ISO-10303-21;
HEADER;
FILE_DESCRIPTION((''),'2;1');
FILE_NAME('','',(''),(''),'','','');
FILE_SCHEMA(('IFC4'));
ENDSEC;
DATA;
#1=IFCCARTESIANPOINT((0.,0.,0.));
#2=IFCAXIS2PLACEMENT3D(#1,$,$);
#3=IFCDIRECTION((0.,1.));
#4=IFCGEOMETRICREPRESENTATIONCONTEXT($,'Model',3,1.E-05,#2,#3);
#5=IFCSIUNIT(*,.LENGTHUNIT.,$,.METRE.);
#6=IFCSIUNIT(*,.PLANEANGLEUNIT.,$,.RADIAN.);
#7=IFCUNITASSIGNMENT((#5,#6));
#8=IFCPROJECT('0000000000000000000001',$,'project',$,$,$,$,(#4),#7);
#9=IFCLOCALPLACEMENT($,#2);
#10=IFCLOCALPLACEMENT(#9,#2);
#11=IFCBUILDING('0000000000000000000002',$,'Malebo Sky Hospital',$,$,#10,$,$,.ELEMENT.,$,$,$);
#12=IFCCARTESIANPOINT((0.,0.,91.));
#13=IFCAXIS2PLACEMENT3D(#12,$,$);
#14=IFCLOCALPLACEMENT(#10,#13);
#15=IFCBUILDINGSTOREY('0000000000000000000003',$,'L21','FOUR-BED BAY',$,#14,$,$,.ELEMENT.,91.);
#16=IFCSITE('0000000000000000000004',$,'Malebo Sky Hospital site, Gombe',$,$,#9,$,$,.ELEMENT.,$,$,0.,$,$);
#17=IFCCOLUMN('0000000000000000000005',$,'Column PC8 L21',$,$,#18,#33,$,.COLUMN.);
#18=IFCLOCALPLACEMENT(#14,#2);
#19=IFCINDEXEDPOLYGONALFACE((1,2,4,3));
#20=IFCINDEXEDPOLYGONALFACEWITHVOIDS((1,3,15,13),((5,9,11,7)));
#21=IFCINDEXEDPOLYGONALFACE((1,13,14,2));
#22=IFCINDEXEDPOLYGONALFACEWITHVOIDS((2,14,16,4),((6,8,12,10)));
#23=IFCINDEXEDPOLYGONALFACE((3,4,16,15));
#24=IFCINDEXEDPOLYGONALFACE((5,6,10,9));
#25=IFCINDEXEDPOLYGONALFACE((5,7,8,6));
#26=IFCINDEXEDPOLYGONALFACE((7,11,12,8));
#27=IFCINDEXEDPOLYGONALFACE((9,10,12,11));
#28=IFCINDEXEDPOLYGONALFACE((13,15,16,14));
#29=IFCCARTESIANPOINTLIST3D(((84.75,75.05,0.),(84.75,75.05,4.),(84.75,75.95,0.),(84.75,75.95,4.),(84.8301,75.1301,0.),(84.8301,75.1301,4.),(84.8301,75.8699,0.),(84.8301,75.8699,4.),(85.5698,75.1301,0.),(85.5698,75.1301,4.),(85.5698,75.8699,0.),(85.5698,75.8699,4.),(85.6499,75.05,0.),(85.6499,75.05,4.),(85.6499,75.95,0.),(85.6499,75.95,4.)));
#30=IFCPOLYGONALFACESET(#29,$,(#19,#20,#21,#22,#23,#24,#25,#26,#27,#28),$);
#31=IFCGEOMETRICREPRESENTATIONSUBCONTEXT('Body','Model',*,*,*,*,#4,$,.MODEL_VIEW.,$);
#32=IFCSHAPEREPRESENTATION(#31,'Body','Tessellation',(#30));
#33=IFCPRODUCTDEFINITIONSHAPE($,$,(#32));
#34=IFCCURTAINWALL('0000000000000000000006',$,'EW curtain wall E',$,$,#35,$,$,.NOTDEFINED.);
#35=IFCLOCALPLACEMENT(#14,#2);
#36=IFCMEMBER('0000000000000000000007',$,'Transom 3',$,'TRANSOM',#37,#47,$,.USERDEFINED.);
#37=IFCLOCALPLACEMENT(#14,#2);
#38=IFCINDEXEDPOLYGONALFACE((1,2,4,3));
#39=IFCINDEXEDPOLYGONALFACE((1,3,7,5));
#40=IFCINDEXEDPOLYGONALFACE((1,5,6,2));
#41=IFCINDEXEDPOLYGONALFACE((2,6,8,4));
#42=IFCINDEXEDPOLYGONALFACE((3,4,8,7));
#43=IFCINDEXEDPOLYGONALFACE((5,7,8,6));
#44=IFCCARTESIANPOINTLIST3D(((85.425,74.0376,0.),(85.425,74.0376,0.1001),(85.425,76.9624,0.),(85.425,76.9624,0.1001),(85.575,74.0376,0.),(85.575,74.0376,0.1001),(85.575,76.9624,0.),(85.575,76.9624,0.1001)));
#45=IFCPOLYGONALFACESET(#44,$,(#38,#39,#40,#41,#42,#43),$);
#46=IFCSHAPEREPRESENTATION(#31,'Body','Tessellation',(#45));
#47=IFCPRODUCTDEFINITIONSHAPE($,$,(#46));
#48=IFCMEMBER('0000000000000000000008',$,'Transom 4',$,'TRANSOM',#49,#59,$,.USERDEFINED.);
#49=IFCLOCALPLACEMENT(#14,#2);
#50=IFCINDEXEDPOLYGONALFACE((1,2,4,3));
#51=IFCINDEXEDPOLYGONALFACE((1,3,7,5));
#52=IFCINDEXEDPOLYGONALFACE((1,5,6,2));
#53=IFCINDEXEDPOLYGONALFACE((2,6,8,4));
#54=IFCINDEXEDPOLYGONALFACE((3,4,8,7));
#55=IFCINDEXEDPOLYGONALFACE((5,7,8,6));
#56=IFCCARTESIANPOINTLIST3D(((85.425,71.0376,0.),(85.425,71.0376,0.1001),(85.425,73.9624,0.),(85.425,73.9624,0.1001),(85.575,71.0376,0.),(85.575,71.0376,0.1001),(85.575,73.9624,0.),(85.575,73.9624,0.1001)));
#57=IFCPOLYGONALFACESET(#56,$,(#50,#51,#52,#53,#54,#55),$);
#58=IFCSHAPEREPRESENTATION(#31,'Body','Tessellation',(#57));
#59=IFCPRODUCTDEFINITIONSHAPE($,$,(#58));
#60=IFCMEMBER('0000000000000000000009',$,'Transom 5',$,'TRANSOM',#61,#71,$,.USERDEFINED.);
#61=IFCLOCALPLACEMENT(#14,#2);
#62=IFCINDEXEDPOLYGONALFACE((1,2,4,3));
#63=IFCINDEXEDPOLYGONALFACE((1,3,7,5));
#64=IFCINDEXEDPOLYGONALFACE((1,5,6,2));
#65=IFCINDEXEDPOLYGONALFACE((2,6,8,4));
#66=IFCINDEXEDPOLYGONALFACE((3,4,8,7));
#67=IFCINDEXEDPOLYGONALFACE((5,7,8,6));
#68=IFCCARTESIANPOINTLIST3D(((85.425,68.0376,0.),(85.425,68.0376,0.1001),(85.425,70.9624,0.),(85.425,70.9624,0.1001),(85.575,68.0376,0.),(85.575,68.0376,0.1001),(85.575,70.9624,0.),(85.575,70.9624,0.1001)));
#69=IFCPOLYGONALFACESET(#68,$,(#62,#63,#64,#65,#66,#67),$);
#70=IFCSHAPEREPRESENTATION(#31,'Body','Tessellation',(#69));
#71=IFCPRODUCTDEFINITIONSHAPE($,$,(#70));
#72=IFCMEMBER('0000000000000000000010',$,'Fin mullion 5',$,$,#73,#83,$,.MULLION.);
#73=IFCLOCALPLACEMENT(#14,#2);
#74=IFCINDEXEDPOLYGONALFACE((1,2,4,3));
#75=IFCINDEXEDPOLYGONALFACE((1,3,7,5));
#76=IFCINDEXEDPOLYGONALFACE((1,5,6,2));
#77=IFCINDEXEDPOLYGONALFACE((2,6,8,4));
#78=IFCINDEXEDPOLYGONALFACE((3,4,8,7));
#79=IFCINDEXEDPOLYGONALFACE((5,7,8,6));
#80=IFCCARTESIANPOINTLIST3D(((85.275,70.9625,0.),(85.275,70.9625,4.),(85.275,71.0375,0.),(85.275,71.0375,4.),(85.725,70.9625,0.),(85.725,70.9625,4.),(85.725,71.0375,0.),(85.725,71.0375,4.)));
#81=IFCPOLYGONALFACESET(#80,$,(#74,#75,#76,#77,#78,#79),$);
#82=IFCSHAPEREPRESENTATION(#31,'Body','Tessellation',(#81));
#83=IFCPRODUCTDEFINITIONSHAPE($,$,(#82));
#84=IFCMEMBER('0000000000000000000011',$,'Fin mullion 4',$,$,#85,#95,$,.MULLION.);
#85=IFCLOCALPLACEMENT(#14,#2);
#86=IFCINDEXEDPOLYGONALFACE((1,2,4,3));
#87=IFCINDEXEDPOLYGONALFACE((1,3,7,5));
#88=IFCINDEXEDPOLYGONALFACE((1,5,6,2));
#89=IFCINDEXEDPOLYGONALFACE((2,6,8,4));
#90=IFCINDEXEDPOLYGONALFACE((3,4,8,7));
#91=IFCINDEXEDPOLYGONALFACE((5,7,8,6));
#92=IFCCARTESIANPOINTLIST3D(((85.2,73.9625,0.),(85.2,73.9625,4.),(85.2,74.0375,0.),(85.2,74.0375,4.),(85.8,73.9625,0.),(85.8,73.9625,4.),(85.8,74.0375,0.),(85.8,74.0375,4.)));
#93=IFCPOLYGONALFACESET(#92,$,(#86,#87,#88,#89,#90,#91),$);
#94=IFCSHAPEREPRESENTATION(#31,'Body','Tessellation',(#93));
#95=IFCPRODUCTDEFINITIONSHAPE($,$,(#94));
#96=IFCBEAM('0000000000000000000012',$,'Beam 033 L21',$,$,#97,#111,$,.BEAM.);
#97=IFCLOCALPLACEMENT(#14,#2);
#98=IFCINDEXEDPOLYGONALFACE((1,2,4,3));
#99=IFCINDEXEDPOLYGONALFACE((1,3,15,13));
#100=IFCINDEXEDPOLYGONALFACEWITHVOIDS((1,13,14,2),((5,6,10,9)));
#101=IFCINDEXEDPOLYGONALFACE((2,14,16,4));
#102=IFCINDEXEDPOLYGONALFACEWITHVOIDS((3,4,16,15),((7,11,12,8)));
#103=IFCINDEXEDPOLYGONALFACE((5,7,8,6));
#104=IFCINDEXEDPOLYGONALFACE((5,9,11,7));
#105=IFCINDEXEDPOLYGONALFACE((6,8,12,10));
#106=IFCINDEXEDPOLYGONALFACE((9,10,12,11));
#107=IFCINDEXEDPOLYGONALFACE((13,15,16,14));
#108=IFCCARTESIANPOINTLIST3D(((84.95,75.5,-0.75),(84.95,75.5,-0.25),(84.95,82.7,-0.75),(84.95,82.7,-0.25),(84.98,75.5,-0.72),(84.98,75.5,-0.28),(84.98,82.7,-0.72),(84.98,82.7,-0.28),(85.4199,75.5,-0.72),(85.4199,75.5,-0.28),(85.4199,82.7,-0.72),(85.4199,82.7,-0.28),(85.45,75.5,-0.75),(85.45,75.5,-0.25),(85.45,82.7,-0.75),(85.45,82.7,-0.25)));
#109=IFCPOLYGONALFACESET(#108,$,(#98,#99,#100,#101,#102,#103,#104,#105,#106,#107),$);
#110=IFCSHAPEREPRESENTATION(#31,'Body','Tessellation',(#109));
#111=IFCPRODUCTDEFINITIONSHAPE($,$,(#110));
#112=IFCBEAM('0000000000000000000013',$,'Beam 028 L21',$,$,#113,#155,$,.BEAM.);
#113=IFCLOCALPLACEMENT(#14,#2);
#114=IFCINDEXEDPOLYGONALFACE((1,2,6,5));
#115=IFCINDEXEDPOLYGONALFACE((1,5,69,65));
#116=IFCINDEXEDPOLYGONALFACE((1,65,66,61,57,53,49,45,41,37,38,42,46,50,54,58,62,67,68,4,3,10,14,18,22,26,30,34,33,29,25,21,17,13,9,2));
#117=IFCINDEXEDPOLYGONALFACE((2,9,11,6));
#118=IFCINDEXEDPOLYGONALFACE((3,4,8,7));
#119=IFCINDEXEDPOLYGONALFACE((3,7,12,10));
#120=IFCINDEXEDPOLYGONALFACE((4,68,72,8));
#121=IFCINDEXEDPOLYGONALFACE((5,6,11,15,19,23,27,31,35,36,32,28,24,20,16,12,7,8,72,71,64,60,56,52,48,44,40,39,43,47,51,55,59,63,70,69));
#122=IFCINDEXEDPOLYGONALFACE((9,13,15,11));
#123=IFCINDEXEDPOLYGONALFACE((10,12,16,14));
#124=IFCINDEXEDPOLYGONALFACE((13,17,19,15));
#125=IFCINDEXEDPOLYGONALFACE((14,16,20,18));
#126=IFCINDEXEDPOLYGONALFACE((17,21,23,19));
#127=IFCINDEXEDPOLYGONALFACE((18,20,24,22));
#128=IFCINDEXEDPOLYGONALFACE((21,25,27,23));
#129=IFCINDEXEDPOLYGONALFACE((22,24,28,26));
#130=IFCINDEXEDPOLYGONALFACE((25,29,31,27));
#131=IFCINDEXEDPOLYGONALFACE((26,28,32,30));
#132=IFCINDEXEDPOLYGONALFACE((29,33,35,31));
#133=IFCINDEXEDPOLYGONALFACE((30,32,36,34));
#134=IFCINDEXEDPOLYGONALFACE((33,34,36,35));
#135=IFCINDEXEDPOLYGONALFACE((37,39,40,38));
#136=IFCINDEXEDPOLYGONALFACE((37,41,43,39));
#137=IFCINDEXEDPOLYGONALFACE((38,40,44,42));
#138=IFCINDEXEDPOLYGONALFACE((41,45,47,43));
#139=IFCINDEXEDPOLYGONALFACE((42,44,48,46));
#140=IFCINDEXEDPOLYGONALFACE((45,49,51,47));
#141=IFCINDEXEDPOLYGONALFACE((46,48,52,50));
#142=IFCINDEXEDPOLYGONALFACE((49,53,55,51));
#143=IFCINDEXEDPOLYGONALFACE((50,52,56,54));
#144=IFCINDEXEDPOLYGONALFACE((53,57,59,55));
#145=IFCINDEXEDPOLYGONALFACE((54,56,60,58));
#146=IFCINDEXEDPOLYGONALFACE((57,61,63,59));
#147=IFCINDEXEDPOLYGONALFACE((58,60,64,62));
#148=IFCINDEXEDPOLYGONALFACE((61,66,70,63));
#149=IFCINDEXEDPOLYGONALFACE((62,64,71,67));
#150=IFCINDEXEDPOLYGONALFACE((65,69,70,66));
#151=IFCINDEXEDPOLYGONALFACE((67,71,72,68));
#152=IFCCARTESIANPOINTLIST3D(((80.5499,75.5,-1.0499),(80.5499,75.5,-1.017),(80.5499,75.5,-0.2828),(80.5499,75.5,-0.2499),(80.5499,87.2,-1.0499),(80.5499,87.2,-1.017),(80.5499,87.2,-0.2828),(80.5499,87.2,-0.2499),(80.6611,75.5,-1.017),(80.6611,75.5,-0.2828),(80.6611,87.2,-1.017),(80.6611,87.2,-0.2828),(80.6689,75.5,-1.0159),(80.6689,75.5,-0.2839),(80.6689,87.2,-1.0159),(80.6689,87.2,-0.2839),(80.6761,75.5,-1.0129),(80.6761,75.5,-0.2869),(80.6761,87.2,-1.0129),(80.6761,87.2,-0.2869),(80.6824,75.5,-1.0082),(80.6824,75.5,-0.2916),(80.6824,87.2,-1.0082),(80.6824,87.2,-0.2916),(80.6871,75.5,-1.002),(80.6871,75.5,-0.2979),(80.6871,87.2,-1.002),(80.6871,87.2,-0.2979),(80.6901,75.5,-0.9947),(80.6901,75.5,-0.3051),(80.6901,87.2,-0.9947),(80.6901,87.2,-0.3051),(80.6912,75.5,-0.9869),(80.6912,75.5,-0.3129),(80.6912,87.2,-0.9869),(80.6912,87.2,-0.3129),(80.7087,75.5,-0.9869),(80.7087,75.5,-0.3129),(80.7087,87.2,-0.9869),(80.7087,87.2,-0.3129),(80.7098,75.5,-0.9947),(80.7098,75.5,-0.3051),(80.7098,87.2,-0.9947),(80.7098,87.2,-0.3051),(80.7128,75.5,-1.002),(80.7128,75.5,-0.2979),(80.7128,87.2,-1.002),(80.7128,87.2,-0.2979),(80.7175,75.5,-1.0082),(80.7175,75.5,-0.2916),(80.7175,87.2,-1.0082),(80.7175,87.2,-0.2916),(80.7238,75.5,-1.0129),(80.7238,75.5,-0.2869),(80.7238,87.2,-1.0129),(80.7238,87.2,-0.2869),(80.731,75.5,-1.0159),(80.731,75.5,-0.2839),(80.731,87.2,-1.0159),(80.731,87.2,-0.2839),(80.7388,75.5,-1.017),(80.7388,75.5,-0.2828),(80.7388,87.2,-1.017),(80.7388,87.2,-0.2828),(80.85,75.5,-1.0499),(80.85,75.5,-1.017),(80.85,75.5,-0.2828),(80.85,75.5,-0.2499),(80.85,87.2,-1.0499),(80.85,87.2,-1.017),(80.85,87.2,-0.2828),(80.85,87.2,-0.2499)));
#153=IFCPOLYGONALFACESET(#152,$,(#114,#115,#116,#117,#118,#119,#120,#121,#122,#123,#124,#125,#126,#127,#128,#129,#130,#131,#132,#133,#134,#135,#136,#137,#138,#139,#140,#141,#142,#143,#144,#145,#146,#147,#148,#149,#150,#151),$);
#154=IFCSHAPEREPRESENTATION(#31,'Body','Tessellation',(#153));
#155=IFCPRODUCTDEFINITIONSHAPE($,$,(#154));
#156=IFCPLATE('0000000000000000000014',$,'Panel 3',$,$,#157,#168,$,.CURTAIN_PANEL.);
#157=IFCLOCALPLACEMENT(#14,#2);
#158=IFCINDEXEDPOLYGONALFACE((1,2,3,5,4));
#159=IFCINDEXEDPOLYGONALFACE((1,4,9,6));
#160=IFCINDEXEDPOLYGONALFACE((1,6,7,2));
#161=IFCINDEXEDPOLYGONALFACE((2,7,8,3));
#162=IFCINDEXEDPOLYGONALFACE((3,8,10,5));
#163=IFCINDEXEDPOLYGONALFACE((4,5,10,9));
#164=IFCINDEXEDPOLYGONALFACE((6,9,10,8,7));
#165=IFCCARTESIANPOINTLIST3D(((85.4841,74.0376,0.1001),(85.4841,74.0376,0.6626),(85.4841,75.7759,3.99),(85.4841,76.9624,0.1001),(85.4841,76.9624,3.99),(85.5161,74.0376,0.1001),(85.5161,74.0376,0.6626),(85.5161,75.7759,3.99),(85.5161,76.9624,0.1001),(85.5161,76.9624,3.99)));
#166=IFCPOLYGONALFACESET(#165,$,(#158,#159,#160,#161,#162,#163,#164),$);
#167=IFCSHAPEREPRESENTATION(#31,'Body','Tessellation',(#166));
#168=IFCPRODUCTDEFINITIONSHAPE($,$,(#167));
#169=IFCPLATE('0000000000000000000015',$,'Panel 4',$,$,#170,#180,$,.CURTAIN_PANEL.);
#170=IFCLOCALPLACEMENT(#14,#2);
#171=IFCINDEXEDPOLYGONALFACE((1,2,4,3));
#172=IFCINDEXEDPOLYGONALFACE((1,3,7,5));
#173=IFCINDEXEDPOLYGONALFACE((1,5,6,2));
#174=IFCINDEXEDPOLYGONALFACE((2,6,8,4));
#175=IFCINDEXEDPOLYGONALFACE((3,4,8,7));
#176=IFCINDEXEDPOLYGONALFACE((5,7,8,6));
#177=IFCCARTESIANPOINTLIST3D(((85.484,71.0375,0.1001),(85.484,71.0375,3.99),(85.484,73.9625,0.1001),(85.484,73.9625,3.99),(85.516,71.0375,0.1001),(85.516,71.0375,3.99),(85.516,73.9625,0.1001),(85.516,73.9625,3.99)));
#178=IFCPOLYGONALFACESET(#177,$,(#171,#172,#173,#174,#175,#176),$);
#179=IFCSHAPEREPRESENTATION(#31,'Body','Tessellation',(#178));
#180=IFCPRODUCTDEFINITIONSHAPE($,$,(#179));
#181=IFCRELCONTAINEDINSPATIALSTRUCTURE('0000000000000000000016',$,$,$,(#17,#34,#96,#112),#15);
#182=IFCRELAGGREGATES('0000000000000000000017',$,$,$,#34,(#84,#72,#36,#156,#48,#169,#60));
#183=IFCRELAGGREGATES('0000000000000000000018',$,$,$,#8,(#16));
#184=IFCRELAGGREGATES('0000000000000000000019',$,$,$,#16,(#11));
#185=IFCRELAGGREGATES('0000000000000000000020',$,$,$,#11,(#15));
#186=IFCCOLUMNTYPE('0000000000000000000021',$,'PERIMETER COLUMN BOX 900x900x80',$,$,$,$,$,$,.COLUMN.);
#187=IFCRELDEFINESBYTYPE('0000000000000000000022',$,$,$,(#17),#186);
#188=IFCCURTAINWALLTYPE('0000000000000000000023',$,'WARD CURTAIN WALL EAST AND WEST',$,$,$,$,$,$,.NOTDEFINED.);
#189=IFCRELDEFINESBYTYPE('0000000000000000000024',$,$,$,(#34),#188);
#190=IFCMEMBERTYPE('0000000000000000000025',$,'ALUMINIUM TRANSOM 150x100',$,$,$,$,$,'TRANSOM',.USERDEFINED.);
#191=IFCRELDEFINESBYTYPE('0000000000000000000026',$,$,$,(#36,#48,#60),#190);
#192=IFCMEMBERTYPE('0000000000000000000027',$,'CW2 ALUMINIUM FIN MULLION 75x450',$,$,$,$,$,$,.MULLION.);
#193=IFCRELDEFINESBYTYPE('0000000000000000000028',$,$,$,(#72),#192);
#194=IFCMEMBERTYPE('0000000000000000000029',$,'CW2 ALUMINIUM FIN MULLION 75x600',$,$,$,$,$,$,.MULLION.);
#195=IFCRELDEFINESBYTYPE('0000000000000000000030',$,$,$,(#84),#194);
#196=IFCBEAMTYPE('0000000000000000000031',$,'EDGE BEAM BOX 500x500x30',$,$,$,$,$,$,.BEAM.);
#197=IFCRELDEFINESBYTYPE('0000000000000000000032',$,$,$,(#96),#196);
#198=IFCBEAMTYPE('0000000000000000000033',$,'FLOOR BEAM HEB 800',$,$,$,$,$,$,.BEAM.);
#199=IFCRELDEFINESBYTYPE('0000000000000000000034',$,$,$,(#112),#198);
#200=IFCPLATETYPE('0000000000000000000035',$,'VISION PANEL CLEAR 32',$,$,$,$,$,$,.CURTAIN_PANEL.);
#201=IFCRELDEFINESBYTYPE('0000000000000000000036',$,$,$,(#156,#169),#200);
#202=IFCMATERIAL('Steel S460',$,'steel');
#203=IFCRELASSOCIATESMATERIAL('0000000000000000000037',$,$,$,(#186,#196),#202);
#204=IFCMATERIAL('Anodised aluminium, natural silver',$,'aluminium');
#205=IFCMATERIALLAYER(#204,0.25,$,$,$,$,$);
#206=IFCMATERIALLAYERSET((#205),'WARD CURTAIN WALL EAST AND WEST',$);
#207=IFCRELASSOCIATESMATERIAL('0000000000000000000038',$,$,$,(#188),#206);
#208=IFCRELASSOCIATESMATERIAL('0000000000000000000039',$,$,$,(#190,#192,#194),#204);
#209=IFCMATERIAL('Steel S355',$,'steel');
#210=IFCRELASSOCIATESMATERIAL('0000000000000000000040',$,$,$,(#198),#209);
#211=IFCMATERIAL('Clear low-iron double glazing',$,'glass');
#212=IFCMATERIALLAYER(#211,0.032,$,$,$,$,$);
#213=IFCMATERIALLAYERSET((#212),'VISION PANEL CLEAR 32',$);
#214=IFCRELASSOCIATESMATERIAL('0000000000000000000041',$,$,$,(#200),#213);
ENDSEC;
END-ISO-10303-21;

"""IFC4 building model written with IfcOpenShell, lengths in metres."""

from ifc_helpers import new_model, si_unit, direction, frame, origin, origin_2d, place, context, subcontext, project, spatial, polyline, rectangle, hollow_rectangle, i_section, outline, extrude, material, layer, layer_set, material_profile, profile_set, type_object, element, aggregate, save


model = new_model("IFC4")

# Units and contexts
model_context = context("Model", 3, precision=1e-05, world=origin(), true_north=direction((0.0, 1.0)))
body_context = subcontext(model_context, "Body", "Model", "MODEL_VIEW")
ifc_project = project(units=[si_unit("LENGTHUNIT", "METRE"), si_unit("PLANEANGLEUNIT", "RADIAN")], contexts=[model_context])

# Site, building, storey
site_placement = place(None, origin())
site = spatial("IfcSite", under=ifc_project, at=site_placement, Name="Malebo Sky Hospital site, Gombe", CompositionType="ELEMENT", RefElevation=0.0)
building_placement = place(site_placement, origin())
building = spatial("IfcBuilding", under=site, at=building_placement, Name="Malebo Sky Hospital", CompositionType="ELEMENT")
storey_placement = place(building_placement, frame((0.0, 0.0, 91.0)))
storey = spatial("IfcBuildingStorey", under=building, at=storey_placement, Name="L21", Description="FOUR-BED BAY", CompositionType="ELEMENT", Elevation=91.0)

# Column
ifc_material_1 = material(Name="Steel S460", Category="steel")
ifc_material_profile_1 = material_profile(ifc_material_1, hollow_rectangle(XDim=0.8999, YDim=0.8999, WallThickness=0.0801, at=origin_2d()), Name="BOX 900x900x80")
ifc_profile_set_1 = profile_set([ifc_material_profile_1], Name="Steel S460")
column_type = type_object("IfcColumnType", Name="PERIMETER COLUMN BOX 900x900x80", PredefinedType="COLUMN", material=ifc_profile_set_1)
column_placement = place(storey_placement, frame((85.2, 75.5, 0.0), z_axis=(0.0, 0.0, 1.0), x_axis=(1.0, 0.0, 0.0)))
element("IfcColumn", 1, at=column_placement, inside=storey, type_object=column_type, Name="Column PC8 L21", PredefinedType="COLUMN", context=body_context, shape_type="SweptSolid", body=[
    extrude(hollow_rectangle(XDim=0.8999, YDim=0.8999, WallThickness=0.0801, at=origin_2d()), origin(), (0.0, 0.0, 1.0), 4.0),
])

# Curtain wall, members
ifc_material_2 = material(Name="Anodised aluminium, natural silver", Category="aluminium")
ifc_layer_1 = layer(ifc_material_2, 0.25)
ifc_layer_set_1 = layer_set([ifc_layer_1], Name="WARD CURTAIN WALL EAST AND WEST")
curtain_wall_type = type_object("IfcCurtainWallType", Name="WARD CURTAIN WALL EAST AND WEST", PredefinedType="NOTDEFINED", material=ifc_layer_set_1)
curtain_wall_placement = place(storey_placement, origin())
curtain_wall = element("IfcCurtainWall", 2, at=curtain_wall_placement, inside=storey, type_object=curtain_wall_type, Name="EW curtain wall E", PredefinedType="NOTDEFINED")
ifc_material_profile_2 = material_profile(ifc_material_2, rectangle(XDim=0.1499, YDim=0.1001, at=origin_2d()), Name="ALUMINIUM TRANSOM 150x100")
ifc_profile_set_2 = profile_set([ifc_material_profile_2], Name="Anodised aluminium, natural silver")
member_type_1 = type_object("IfcMemberType", Name="ALUMINIUM TRANSOM 150x100", ElementType="TRANSOM", PredefinedType="USERDEFINED", material=ifc_profile_set_2)
member_1_placement = place(storey_placement, frame((85.5, 76.9624, 0.05), z_axis=(0.0, -1.0, 0.0), x_axis=(1.0, 0.0, 0.0)))
member_1 = element("IfcMember", 3, at=member_1_placement, type_object=member_type_1, Name="Transom 3", ObjectType="TRANSOM", PredefinedType="USERDEFINED", context=body_context, shape_type="SweptSolid", body=[
    extrude(rectangle(XDim=0.1499, YDim=0.1001, at=origin_2d()), origin(), (0.0, 0.0, 1.0), 2.9248),
])
member_2_placement = place(storey_placement, frame((85.5, 73.9624, 0.05), z_axis=(0.0, -1.0, 0.0), x_axis=(1.0, 0.0, 0.0)))
member_2 = element("IfcMember", 4, at=member_2_placement, type_object=member_type_1, Name="Transom 4", ObjectType="TRANSOM", PredefinedType="USERDEFINED", context=body_context, shape_type="SweptSolid", body=[
    extrude(rectangle(XDim=0.1499, YDim=0.1001, at=origin_2d()), origin(), (0.0, 0.0, 1.0), 2.9248),
])
member_3_placement = place(storey_placement, frame((85.5, 70.9624, 0.05), z_axis=(0.0, -1.0, 0.0), x_axis=(1.0, 0.0, 0.0)))
member_3 = element("IfcMember", 5, at=member_3_placement, type_object=member_type_1, Name="Transom 5", ObjectType="TRANSOM", PredefinedType="USERDEFINED", context=body_context, shape_type="SweptSolid", body=[
    extrude(rectangle(XDim=0.1499, YDim=0.1001, at=origin_2d()), origin(), (0.0, 0.0, 1.0), 2.9248),
])
ifc_material_profile_3 = material_profile(ifc_material_2, rectangle(XDim=0.075, YDim=0.45, at=origin_2d()), Name="CW2 ALUMINIUM FIN MULLION 75x450")
ifc_profile_set_3 = profile_set([ifc_material_profile_3], Name="Anodised aluminium, natural silver")
member_type_2 = type_object("IfcMemberType", Name="CW2 ALUMINIUM FIN MULLION 75x450", PredefinedType="MULLION", material=ifc_profile_set_3)
member_4_placement = place(storey_placement, frame((85.5, 71.0, 0.0), z_axis=(0.0, 0.0, 1.0), x_axis=(0.0, -1.0, 0.0)))
member_4 = element("IfcMember", 6, at=member_4_placement, type_object=member_type_2, Name="Fin mullion 5", PredefinedType="MULLION", context=body_context, shape_type="SweptSolid", body=[
    extrude(rectangle(XDim=0.075, YDim=0.45, at=origin_2d()), origin(), (0.0, 0.0, 1.0), 4.0),
])
ifc_material_profile_4 = material_profile(ifc_material_2, rectangle(XDim=0.075, YDim=0.6001, at=origin_2d()), Name="CW2 ALUMINIUM FIN MULLION 75x600")
ifc_profile_set_4 = profile_set([ifc_material_profile_4], Name="Anodised aluminium, natural silver")
member_type_3 = type_object("IfcMemberType", Name="CW2 ALUMINIUM FIN MULLION 75x600", PredefinedType="MULLION", material=ifc_profile_set_4)
member_5_placement = place(storey_placement, frame((85.5, 74.0, 0.0), z_axis=(0.0, 0.0, 1.0), x_axis=(0.0, -1.0, 0.0)))
member_5 = element("IfcMember", 7, at=member_5_placement, type_object=member_type_3, Name="Fin mullion 4", PredefinedType="MULLION", context=body_context, shape_type="SweptSolid", body=[
    extrude(rectangle(XDim=0.075, YDim=0.6001, at=origin_2d()), origin(), (0.0, 0.0, 1.0), 4.0),
])

# Beams
ifc_material_profile_5 = material_profile(ifc_material_1, hollow_rectangle(XDim=0.5, YDim=0.5, WallThickness=0.03, at=origin_2d()), Name="BOX 500x500x30")
ifc_profile_set_5 = profile_set([ifc_material_profile_5], Name="Steel S460")
beam_type_1 = type_object("IfcBeamType", Name="EDGE BEAM BOX 500x500x30", PredefinedType="BEAM", material=ifc_profile_set_5)
beam_1_placement = place(storey_placement, frame((85.2, 75.5, -0.5), z_axis=(0.0, 1.0, 0.0), x_axis=(-1.0, 0.0, 0.0)))
element("IfcBeam", 8, at=beam_1_placement, inside=storey, type_object=beam_type_1, Name="Beam 033 L21", PredefinedType="BEAM", context=body_context, shape_type="SweptSolid", body=[
    extrude(hollow_rectangle(XDim=0.5, YDim=0.5, WallThickness=0.03, at=origin_2d()), origin(), (0.0, 0.0, 1.0), 7.2),
])
ifc_material_3 = material(Name="Steel S355", Category="steel")
ifc_material_profile_6 = material_profile(ifc_material_3, i_section(OverallWidth=0.3, OverallDepth=0.8, WebThickness=0.0176, FlangeThickness=0.033, FilletRadius=0.03, at=origin_2d()), Name="HEB 800")
ifc_profile_set_6 = profile_set([ifc_material_profile_6], Name="Steel S355")
beam_type_2 = type_object("IfcBeamType", Name="FLOOR BEAM HEB 800", PredefinedType="BEAM", material=ifc_profile_set_6)
beam_2_placement = place(storey_placement, frame((80.7, 75.5, -0.6499), z_axis=(0.0, 1.0, 0.0), x_axis=(-1.0, 0.0, 0.0)))
element("IfcBeam", 9, at=beam_2_placement, inside=storey, type_object=beam_type_2, Name="Beam 028 L21", PredefinedType="BEAM", context=body_context, shape_type="SweptSolid", body=[
    extrude(i_section(OverallWidth=0.3, OverallDepth=0.8, WebThickness=0.0176, FlangeThickness=0.033, FilletRadius=0.03, at=origin_2d()), origin(), (0.0, 0.0, 1.0), 11.7),
])

# Plates
ifc_material_4 = material(Name="Clear low-iron double glazing", Category="glass")
ifc_layer_2 = layer(ifc_material_4, 0.032)
ifc_layer_set_2 = layer_set([ifc_layer_2], Name="VISION PANEL CLEAR 32")
plate_type = type_object("IfcPlateType", Name="VISION PANEL CLEAR 32", PredefinedType="CURTAIN_PANEL", material=ifc_layer_set_2)
plate_1_placement = place(storey_placement, frame((85.5, 75.5, 0.1001), z_axis=(0.0, 0.0, 1.0), x_axis=(0.0, -1.0, 0.0)))
plate_1 = element("IfcPlate", 10, at=plate_1_placement, type_object=plate_type, Name="Panel 3", PredefinedType="CURTAIN_PANEL", context=body_context, shape_type="SweptSolid", body=[
    extrude(outline(polyline([(-1.4624, 0.0), (1.4624, 0.0), (1.4624, 0.5625), (-0.2759, 3.8899), (-1.4624, 3.8899), (-1.4624, 0.0)])), frame((0.0, 0.0161, 0.0), z_axis=(0.0, -1.0, 0.0), x_axis=(1.0, 0.0, 0.0)), (0.0, 0.0, 1.0), 0.032),
])
plate_2_placement = place(storey_placement, frame((85.5, 72.5, 0.1001), z_axis=(0.0, 0.0, 1.0), x_axis=(0.0, -1.0, 0.0)))
plate_2 = element("IfcPlate", 11, at=plate_2_placement, type_object=plate_type, Name="Panel 4", PredefinedType="CURTAIN_PANEL", context=body_context, shape_type="SweptSolid", body=[
    extrude(rectangle(XDim=2.925, YDim=0.032, at=origin_2d()), origin(), (0.0, 0.0, 1.0), 3.8899),
])
aggregate(curtain_wall, [member_5, member_4, member_1, plate_1, member_2, plate_2, member_3])

save(model, "model.ifc")
